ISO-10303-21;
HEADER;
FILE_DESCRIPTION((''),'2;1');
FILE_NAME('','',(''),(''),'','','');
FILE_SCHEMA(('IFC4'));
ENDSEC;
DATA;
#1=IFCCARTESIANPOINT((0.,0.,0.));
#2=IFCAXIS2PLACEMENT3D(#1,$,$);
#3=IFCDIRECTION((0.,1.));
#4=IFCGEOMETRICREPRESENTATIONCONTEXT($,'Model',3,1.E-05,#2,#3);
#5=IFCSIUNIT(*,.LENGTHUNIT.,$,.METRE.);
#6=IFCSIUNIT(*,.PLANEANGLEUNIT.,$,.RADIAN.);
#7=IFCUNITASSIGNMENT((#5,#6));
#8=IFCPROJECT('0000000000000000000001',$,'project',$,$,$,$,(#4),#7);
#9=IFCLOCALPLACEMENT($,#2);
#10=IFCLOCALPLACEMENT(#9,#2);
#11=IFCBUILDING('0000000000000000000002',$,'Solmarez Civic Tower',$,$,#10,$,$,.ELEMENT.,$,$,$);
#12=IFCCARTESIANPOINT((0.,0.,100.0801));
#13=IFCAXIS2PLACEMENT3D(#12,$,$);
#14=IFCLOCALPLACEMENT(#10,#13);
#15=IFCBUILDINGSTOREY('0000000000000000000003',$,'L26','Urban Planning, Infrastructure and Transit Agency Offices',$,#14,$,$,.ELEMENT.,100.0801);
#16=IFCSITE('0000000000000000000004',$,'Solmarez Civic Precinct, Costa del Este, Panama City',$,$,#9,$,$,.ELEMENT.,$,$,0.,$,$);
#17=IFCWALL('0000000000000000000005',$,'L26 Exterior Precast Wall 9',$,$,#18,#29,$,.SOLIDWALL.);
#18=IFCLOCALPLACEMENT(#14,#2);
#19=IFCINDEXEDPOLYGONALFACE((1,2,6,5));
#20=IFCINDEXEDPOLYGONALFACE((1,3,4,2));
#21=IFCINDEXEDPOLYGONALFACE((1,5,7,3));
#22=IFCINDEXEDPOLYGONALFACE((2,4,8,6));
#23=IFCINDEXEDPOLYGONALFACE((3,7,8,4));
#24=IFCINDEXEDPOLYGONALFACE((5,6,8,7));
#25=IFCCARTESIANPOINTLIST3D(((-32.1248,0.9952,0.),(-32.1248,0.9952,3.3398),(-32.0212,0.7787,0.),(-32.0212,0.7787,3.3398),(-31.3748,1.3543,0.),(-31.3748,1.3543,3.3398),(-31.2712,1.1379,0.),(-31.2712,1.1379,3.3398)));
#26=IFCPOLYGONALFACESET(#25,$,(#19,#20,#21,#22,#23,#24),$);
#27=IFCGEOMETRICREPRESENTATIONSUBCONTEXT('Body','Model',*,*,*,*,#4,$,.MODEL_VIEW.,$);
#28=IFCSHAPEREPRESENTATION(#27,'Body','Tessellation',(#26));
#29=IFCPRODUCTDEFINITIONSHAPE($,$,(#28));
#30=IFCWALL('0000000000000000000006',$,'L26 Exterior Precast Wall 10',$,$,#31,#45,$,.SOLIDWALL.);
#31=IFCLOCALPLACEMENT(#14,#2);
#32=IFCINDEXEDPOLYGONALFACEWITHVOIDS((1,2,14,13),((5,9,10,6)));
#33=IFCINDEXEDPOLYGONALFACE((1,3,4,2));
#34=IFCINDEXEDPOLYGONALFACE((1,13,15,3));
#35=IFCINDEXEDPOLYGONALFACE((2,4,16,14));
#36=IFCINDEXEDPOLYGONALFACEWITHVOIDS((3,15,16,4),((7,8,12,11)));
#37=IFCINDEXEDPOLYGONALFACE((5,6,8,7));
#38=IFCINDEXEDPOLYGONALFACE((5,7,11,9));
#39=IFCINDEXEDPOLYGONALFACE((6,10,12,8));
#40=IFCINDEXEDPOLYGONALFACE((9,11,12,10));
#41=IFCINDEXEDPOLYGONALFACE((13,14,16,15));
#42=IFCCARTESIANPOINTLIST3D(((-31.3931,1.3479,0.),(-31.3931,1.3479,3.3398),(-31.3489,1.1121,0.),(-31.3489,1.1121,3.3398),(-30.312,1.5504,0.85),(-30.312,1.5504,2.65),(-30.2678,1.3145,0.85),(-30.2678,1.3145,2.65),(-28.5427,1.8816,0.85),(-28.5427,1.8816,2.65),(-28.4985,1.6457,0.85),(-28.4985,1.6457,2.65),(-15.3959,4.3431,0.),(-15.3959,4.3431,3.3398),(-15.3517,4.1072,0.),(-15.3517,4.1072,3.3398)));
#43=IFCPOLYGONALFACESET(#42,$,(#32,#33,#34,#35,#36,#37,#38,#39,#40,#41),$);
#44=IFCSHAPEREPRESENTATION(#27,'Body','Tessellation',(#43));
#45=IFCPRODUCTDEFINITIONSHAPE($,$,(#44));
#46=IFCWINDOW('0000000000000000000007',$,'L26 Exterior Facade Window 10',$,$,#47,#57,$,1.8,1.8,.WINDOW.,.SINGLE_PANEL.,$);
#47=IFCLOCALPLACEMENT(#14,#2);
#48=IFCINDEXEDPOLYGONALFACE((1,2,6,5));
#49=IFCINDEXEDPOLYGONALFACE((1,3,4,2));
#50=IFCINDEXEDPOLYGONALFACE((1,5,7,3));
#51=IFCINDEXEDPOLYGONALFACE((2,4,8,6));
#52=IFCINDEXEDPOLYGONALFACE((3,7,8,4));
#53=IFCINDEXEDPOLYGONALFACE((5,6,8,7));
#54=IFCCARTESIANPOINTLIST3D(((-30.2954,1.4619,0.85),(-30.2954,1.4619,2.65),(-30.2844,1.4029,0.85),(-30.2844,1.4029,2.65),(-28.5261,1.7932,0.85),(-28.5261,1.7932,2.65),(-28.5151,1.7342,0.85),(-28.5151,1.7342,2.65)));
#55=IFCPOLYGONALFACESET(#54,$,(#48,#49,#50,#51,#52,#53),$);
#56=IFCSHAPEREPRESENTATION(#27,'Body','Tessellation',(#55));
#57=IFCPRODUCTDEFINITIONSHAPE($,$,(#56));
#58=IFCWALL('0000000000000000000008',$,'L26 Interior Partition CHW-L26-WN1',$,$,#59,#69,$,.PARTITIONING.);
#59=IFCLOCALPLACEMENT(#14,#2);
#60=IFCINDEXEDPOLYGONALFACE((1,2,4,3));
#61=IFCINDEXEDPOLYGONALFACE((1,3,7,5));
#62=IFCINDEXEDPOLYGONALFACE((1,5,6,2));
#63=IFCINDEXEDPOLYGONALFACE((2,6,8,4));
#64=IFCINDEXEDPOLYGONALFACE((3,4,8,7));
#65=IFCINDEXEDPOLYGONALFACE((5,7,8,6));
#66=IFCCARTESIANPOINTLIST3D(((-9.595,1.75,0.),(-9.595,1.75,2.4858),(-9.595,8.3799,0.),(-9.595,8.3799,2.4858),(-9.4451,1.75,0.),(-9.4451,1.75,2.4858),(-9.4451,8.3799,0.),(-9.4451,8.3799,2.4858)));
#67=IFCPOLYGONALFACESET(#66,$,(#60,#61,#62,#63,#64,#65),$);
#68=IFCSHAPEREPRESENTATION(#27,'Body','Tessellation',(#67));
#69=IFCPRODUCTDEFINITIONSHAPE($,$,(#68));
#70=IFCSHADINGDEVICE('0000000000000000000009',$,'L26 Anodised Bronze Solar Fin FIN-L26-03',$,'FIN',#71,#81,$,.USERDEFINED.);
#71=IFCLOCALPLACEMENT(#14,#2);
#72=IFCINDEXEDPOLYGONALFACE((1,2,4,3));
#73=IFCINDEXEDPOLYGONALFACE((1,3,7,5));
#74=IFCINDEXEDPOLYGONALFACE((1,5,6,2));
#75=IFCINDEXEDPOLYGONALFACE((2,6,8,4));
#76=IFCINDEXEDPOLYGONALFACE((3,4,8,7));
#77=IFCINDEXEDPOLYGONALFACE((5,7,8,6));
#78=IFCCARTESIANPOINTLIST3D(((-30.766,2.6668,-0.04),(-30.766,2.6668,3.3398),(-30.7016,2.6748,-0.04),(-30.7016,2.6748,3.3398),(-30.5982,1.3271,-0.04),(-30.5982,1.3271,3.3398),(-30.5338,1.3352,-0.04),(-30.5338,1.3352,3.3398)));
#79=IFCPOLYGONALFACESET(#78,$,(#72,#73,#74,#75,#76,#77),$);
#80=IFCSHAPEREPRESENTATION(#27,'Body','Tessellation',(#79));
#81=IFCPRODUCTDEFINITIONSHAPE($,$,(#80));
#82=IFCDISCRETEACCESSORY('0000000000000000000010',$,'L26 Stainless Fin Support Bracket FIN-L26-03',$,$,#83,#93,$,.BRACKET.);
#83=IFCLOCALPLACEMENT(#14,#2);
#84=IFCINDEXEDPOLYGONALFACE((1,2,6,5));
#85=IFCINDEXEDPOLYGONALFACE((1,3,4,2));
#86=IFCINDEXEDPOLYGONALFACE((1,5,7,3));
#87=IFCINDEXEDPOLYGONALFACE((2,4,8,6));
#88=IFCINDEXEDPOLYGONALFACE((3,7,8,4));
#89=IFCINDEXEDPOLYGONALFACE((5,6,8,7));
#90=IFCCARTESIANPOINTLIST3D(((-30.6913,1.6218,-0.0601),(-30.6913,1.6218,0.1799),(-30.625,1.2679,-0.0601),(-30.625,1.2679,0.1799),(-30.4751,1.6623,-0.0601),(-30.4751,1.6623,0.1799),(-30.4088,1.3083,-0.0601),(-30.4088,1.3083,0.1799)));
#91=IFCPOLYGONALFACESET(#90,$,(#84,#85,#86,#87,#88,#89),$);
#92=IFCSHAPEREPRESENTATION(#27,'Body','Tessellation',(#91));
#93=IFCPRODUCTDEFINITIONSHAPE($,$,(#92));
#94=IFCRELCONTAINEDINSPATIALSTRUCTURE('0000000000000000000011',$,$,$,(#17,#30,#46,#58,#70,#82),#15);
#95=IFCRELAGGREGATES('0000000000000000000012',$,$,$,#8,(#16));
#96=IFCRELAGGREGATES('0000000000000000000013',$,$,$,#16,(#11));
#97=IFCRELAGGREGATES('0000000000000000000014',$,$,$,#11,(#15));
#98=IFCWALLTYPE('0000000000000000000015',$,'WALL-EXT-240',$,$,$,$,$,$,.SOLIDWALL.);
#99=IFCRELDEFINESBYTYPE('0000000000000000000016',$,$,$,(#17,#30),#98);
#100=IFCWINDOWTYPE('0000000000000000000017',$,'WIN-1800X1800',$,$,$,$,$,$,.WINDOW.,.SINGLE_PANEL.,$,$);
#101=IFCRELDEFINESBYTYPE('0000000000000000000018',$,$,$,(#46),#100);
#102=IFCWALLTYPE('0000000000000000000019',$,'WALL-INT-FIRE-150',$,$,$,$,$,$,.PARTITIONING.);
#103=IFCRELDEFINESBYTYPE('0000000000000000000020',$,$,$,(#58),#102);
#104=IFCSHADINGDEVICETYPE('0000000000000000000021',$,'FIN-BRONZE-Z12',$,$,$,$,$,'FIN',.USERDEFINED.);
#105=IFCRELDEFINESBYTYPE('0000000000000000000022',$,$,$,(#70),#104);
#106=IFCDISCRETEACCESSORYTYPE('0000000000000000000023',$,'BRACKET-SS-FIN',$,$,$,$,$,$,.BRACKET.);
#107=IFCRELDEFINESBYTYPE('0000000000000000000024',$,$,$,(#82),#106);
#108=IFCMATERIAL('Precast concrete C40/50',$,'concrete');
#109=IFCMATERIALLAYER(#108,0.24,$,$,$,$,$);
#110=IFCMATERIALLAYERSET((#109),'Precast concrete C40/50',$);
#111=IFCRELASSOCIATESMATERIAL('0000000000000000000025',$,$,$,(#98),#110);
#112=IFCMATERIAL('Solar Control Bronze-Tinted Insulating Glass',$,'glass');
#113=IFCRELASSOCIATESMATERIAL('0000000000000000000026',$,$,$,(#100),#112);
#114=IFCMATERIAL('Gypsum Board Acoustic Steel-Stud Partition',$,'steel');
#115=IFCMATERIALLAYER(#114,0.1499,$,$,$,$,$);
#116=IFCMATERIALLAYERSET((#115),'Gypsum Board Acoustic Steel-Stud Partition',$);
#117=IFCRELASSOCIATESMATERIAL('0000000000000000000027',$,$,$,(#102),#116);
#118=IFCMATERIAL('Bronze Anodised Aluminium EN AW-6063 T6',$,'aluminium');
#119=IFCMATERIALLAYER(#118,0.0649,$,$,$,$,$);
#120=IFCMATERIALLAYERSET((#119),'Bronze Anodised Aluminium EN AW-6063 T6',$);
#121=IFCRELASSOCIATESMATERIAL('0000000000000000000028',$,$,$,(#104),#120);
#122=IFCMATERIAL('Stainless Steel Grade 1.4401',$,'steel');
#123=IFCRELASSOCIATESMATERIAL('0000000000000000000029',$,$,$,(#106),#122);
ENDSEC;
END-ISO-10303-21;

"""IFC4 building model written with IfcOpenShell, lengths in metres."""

from ifc_helpers import new_model, si_unit, direction, frame, frame_2d, origin, origin_2d, place, context, subcontext, project, spatial, rectangle, extrude, material, layer, layer_set, type_object, element, fill, save


model = new_model("IFC4")

# Units and contexts
model_context = context("Model", 3, precision=1e-05, world=origin(), true_north=direction((0.0, 1.0)))
body_context = subcontext(model_context, "Body", "Model", "MODEL_VIEW")
ifc_project = project(units=[si_unit("LENGTHUNIT", "METRE"), si_unit("PLANEANGLEUNIT", "RADIAN")], contexts=[model_context])

# Site, building, storey
site_placement = place(None, origin())
site = spatial("IfcSite", under=ifc_project, at=site_placement, Name="Solmarez Civic Precinct, Costa del Este, Panama City", CompositionType="ELEMENT", RefElevation=0.0)
building_placement = place(site_placement, origin())
building = spatial("IfcBuilding", under=site, at=building_placement, Name="Solmarez Civic Tower", CompositionType="ELEMENT")
storey_placement = place(building_placement, frame((0.0, 0.0, 100.0801)))
storey = spatial("IfcBuildingStorey", under=building, at=storey_placement, Name="L26", Description="Urban Planning, Infrastructure and Transit Agency Offices", CompositionType="ELEMENT", Elevation=100.0801)

# Wall
ifc_material_1 = material(Name="Precast concrete C40/50", Category="concrete")
ifc_layer_1 = layer(ifc_material_1, 0.24)
ifc_layer_set_1 = layer_set([ifc_layer_1], Name="Precast concrete C40/50")
wall_type_1 = type_object("IfcWallType", Name="WALL-EXT-240", PredefinedType="SOLIDWALL", material=ifc_layer_set_1)
wall_1_placement = place(storey_placement, frame((-32.073, 0.887, 0.0), z_axis=(0.0, 0.0, 1.0), x_axis=(0.90193, 0.431881, 0.0)))
element("IfcWall", 1, at=wall_1_placement, inside=storey, type_object=wall_type_1, Name="L26 Exterior Precast Wall 9", PredefinedType="SOLIDWALL", context=body_context, shape_type="SweptSolid", body=[
    extrude(rectangle(XDim=0.8315, YDim=0.24, at=frame_2d((0.4158, 0.0))), origin(), (0.0, 0.0, 1.0), 3.3398),
])

# Wall, opening, window
wall_2_placement = place(storey_placement, frame((-31.3711, 1.23, 0.0), z_axis=(0.0, 0.0, 1.0), x_axis=(0.98292, 0.184031, 0.0)))
wall_2 = element("IfcWall", 2, at=wall_2_placement, inside=storey, type_object=wall_type_1, Name="L26 Exterior Precast Wall 10", PredefinedType="SOLIDWALL", context=body_context, shape_type="SweptSolid", body=[
    extrude(rectangle(XDim=16.2751, YDim=0.24, at=frame_2d((8.1377, 0.0))), origin(), (0.0, 0.0, 1.0), 3.3398),
])
opening_placement = place(wall_2_placement, frame((1.1001, 0.0, 0.8501)))
opening = element("IfcOpeningElement", 3, at=opening_placement, cuts=wall_2, PredefinedType="OPENING", context=body_context, shape_type="SweptSolid", body=[
    extrude(rectangle(XDim=1.8, YDim=1.8, at=frame_2d((0.8999, 0.8999))), frame((0.0, 0.1299, 0.0), z_axis=(0.0, -1.0, 0.0), x_axis=(1.0, 0.0, 0.0)), (0.0, 0.0, 1.0), 0.26),
])
ifc_material_2 = material(Name="Solar Control Bronze-Tinted Insulating Glass", Category="glass")
window_type = type_object("IfcWindowType", Name="WIN-1800X1800", PartitioningType="SINGLE_PANEL", PredefinedType="WINDOW", material=ifc_material_2)
window_placement = place(opening_placement, origin())
window = element("IfcWindow", 4, at=window_placement, inside=storey, type_object=window_type, Name="L26 Exterior Facade Window 10", OverallHeight=1.8, OverallWidth=1.8, PartitioningType="SINGLE_PANEL", PredefinedType="WINDOW", context=body_context, shape_type="SweptSolid", body=[
    extrude(rectangle(XDim=1.8, YDim=1.8, at=frame_2d((0.8999, 0.8999))), frame((0.0, 0.03, 0.0), z_axis=(0.0, -1.0, 0.0), x_axis=(1.0, 0.0, 0.0)), (0.0, 0.0, 1.0), 0.0601),
])
fill(opening, window)

# Wall
ifc_material_3 = material(Name="Gypsum Board Acoustic Steel-Stud Partition", Category="steel")
ifc_layer_2 = layer(ifc_material_3, 0.1499)
ifc_layer_set_2 = layer_set([ifc_layer_2], Name="Gypsum Board Acoustic Steel-Stud Partition")
wall_type_2 = type_object("IfcWallType", Name="WALL-INT-FIRE-150", PredefinedType="PARTITIONING", material=ifc_layer_set_2)
wall_3_placement = place(storey_placement, frame((-9.52, 1.75, 0.0), z_axis=(0.0, 0.0, 1.0), x_axis=(0.0, 1.0, 0.0)))
element("IfcWall", 5, at=wall_3_placement, inside=storey, type_object=wall_type_2, Name="L26 Interior Partition CHW-L26-WN1", PredefinedType="PARTITIONING", context=body_context, shape_type="SweptSolid", body=[
    extrude(rectangle(XDim=6.6299, YDim=0.1499, at=frame_2d((3.3149, 0.0))), origin(), (0.0, 0.0, 1.0), 2.4858),
])

# Shading device
ifc_material_4 = material(Name="Bronze Anodised Aluminium EN AW-6063 T6", Category="aluminium")
ifc_layer_3 = layer(ifc_material_4, 0.0649)
ifc_layer_set_3 = layer_set([ifc_layer_3], Name="Bronze Anodised Aluminium EN AW-6063 T6")
shading_device_type = type_object("IfcShadingDeviceType", Name="FIN-BRONZE-Z12", ElementType="FIN", PredefinedType="USERDEFINED", material=ifc_layer_set_3)
shading_device_placement = place(storey_placement, frame((-30.6499, 2.001, -0.04), z_axis=(0.0, 0.0, 1.0), x_axis=(-0.124294, 0.992245, 0.0)))
element("IfcShadingDevice", 6, at=shading_device_placement, inside=storey, type_object=shading_device_type, Name="L26 Anodised Bronze Solar Fin FIN-L26-03", ObjectType="FIN", PredefinedType="USERDEFINED", context=body_context, shape_type="SweptSolid", body=[
    extrude(rectangle(XDim=1.3501, YDim=0.0649, at=origin_2d()), origin(), (0.0, 0.0, 1.0), 3.3799),
])

# Discrete accessory
ifc_material_5 = material(Name="Stainless Steel Grade 1.4401", Category="steel")
discrete_accessory_type = type_object("IfcDiscreteAccessoryType", Name="BRACKET-SS-FIN", PredefinedType="BRACKET", material=ifc_material_5)
discrete_accessory_placement = place(storey_placement, frame((-30.55, 1.4651, -0.0601), z_axis=(0.0, 0.0, 1.0), x_axis=(-0.183982, 0.98293, 0.0)))
element("IfcDiscreteAccessory", 7, at=discrete_accessory_placement, inside=storey, type_object=discrete_accessory_type, Name="L26 Stainless Fin Support Bracket FIN-L26-03", PredefinedType="BRACKET", context=body_context, shape_type="SweptSolid", body=[
    extrude(rectangle(XDim=0.3601, YDim=0.22, at=origin_2d()), origin(), (0.0, 0.0, 1.0), 0.24),
])

save(model, "model.ifc")
